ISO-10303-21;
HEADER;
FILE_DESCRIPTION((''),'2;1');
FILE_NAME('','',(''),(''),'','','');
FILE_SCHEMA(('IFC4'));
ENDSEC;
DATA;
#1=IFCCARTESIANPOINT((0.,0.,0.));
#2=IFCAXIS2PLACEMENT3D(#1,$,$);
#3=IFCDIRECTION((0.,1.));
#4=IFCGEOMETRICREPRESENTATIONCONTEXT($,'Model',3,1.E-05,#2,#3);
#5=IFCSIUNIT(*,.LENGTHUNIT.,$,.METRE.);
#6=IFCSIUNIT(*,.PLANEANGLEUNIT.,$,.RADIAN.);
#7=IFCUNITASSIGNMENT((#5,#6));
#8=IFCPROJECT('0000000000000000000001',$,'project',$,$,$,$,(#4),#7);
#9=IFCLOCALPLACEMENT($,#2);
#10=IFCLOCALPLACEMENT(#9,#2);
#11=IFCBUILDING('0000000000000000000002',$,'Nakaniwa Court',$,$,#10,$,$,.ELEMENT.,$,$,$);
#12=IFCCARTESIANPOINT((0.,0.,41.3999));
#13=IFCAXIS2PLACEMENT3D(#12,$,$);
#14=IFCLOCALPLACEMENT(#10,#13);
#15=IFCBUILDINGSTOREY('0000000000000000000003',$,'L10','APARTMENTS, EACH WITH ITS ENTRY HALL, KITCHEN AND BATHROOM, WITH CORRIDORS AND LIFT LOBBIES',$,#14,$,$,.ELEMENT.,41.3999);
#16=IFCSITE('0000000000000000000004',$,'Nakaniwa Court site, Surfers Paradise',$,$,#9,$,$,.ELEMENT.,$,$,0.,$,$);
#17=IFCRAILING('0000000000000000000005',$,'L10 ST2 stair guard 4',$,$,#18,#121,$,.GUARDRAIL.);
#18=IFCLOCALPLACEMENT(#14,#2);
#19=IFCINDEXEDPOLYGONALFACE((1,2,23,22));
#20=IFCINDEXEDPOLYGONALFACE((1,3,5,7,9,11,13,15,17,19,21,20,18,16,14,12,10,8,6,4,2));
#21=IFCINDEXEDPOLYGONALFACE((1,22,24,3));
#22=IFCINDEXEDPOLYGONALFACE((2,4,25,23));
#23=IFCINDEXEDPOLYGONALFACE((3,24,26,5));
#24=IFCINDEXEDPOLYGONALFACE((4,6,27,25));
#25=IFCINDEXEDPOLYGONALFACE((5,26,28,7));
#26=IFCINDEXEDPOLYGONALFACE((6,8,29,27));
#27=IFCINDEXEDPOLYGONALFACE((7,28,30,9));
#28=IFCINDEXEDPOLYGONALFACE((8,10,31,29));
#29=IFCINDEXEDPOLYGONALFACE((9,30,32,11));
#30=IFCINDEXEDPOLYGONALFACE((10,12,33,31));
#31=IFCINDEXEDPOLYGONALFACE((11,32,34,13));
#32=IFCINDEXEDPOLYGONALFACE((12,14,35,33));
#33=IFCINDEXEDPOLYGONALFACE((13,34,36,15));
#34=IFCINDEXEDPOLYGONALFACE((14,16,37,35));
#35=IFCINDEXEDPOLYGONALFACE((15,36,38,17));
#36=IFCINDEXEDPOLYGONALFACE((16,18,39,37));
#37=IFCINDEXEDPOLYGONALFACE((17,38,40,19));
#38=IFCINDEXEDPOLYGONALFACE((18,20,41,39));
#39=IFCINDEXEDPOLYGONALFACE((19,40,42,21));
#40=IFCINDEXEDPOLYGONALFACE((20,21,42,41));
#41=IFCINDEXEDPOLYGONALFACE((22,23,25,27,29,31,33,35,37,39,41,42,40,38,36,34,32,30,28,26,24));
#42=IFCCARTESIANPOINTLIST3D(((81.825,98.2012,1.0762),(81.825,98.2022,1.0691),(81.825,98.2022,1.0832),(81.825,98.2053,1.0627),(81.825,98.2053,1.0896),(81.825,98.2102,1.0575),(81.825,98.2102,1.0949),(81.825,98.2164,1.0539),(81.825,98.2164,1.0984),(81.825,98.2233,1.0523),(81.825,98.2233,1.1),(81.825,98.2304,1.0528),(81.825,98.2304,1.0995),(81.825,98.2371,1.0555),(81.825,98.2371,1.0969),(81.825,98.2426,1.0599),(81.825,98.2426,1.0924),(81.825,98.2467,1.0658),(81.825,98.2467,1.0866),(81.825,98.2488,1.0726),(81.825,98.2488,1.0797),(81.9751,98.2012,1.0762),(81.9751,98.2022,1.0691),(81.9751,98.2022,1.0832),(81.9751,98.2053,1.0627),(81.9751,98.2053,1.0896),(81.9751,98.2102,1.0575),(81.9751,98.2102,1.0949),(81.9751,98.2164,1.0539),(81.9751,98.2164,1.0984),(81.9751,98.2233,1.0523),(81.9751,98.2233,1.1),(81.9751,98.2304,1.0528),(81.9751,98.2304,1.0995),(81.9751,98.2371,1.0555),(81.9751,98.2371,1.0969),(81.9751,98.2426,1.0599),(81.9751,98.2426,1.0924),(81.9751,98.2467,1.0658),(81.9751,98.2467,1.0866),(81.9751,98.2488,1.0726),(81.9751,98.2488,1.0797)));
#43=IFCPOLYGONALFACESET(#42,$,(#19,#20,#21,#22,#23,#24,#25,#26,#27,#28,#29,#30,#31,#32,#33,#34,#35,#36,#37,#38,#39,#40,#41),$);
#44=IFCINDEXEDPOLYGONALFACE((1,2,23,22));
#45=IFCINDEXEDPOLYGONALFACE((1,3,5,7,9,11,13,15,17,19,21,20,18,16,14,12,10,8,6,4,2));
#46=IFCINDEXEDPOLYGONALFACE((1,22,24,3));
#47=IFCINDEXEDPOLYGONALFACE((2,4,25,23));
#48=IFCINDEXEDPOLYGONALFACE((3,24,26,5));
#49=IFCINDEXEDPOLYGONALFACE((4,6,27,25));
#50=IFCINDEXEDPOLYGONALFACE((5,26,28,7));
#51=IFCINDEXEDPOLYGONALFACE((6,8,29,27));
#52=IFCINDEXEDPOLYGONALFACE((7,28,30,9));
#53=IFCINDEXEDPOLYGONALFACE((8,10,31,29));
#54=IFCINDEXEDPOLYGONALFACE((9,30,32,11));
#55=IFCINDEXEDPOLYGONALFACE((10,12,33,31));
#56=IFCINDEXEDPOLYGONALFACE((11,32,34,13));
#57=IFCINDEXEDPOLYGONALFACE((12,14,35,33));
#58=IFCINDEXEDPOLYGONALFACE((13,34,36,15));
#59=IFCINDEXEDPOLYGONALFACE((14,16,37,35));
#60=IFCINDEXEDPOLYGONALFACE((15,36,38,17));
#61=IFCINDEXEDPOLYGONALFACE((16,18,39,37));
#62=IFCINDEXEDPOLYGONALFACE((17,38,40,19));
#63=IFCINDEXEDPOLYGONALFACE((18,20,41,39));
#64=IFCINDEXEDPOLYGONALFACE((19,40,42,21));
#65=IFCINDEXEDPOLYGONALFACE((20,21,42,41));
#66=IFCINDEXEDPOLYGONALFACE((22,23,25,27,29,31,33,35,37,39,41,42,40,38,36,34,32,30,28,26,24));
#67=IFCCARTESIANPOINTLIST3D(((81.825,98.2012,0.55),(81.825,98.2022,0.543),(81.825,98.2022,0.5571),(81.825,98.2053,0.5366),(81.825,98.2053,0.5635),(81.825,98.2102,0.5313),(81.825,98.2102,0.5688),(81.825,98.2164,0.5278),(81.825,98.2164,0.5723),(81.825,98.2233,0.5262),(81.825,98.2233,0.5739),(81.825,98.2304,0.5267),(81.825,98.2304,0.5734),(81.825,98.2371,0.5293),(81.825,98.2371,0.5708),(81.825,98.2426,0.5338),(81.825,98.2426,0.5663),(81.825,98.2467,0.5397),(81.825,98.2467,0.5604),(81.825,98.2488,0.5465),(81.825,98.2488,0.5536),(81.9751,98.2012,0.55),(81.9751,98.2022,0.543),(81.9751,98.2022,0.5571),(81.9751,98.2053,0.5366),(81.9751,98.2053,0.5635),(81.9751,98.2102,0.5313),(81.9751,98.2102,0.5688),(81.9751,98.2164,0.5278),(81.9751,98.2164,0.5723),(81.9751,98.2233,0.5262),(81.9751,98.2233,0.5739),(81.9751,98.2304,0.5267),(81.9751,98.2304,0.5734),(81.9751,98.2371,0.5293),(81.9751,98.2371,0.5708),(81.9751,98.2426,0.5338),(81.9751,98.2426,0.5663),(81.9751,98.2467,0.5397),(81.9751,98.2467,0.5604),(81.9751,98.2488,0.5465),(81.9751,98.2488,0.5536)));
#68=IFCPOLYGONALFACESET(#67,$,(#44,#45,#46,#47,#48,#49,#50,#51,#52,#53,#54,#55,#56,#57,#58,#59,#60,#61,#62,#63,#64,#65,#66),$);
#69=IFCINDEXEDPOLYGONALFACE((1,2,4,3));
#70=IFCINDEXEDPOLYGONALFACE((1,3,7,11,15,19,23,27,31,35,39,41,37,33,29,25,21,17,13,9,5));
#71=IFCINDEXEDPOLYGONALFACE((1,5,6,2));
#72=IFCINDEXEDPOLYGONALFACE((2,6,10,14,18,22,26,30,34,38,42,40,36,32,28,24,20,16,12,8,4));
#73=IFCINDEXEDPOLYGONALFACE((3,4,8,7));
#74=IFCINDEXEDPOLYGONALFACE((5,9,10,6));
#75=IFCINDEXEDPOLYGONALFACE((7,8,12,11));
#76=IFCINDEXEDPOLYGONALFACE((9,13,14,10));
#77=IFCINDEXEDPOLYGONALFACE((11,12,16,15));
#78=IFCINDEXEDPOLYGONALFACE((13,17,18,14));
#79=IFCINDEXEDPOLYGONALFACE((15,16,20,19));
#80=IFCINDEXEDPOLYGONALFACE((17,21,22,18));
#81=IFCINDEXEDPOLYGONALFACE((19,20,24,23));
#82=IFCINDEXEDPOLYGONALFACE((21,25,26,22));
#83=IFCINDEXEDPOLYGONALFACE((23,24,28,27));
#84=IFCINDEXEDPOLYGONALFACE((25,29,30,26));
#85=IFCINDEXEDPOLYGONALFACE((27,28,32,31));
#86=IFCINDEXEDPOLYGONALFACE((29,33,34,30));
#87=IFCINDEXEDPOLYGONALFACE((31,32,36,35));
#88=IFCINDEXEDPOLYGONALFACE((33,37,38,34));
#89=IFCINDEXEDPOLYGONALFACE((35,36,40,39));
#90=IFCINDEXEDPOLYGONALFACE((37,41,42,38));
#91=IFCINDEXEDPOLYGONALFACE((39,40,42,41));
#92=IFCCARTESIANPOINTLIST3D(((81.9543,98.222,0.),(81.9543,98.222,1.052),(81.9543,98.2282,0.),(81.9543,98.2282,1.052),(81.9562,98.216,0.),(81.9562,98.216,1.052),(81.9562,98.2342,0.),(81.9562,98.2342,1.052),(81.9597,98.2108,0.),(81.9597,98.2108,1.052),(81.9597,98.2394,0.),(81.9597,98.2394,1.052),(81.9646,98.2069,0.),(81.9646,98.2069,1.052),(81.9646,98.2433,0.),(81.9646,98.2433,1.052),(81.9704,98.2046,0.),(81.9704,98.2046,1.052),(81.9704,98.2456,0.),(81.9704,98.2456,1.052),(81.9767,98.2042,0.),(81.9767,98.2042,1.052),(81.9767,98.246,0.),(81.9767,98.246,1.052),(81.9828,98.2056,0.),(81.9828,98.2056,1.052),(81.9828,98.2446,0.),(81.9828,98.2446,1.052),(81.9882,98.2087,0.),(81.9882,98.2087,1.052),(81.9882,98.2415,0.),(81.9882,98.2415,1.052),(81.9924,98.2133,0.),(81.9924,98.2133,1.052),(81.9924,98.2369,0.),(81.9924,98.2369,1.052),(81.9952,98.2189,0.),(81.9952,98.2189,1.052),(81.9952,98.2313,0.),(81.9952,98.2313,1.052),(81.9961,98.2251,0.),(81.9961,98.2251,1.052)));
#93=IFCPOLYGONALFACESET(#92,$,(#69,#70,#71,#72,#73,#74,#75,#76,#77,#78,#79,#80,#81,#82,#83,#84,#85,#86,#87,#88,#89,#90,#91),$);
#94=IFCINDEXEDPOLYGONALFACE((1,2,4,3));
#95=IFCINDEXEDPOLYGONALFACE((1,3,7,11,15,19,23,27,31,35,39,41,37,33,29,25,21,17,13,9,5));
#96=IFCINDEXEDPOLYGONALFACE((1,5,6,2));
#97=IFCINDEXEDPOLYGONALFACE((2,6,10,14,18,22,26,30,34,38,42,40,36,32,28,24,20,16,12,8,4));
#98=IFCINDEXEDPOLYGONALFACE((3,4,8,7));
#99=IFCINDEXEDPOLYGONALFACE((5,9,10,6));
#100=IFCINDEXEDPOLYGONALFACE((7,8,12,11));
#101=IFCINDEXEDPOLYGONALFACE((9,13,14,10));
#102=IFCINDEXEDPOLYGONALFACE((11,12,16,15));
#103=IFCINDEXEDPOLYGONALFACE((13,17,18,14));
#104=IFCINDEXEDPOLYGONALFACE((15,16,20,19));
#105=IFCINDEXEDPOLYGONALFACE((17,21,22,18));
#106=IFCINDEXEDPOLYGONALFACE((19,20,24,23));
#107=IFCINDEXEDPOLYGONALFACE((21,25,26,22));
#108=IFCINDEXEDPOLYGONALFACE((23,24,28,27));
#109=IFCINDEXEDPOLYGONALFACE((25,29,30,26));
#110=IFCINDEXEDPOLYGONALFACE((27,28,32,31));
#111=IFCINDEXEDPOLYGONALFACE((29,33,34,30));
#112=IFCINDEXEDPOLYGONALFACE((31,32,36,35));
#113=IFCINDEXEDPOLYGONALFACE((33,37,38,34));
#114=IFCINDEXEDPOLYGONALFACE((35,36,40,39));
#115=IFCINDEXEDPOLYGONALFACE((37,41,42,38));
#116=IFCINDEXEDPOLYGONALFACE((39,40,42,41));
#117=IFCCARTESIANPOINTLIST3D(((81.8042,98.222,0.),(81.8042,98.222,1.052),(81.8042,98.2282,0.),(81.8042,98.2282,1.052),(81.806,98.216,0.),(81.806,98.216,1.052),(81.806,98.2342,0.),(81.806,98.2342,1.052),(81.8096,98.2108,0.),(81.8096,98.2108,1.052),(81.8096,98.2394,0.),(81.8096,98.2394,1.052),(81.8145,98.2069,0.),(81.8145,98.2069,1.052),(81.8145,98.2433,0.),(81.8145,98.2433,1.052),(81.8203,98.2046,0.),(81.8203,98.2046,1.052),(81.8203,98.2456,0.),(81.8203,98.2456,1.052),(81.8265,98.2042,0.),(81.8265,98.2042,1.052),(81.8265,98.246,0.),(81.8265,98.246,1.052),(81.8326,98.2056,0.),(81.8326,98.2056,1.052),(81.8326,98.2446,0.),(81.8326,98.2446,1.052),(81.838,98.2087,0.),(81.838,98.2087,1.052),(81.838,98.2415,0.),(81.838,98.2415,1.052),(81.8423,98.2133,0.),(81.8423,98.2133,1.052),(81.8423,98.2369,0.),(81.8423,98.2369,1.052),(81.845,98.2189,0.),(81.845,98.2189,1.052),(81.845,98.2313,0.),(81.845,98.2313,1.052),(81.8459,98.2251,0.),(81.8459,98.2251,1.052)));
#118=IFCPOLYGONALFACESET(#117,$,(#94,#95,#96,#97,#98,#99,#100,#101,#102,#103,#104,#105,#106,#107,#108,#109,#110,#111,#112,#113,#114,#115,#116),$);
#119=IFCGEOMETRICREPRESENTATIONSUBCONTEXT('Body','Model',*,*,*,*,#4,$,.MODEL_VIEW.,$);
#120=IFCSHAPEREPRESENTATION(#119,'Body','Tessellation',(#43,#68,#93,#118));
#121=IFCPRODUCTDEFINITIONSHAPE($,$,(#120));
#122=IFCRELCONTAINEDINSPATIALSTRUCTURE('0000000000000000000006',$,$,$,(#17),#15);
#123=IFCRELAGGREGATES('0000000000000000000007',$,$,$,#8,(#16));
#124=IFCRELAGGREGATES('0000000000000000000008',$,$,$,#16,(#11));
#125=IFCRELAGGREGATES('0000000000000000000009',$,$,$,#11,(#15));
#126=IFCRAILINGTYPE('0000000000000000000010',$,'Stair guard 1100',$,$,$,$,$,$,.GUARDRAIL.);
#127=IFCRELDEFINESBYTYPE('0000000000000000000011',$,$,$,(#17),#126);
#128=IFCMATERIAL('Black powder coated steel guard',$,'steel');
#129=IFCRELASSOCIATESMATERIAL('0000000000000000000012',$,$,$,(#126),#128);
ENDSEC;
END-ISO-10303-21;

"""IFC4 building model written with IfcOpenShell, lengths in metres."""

from ifc_helpers import new_model, si_unit, direction, frame, origin, origin_2d, place, context, subcontext, project, spatial, circle, extrude, material, type_object, element, save


model = new_model("IFC4")

# Units and contexts
model_context = context("Model", 3, precision=1e-05, world=origin(), true_north=direction((0.0, 1.0)))
body_context = subcontext(model_context, "Body", "Model", "MODEL_VIEW")
ifc_project = project(units=[si_unit("LENGTHUNIT", "METRE"), si_unit("PLANEANGLEUNIT", "RADIAN")], contexts=[model_context])

# Site, building, storey
site_placement = place(None, origin())
site = spatial("IfcSite", under=ifc_project, at=site_placement, Name="Nakaniwa Court site, Surfers Paradise", CompositionType="ELEMENT", RefElevation=0.0)
building_placement = place(site_placement, origin())
building = spatial("IfcBuilding", under=site, at=building_placement, Name="Nakaniwa Court", CompositionType="ELEMENT")
storey_placement = place(building_placement, frame((0.0, 0.0, 41.3999)))
storey = spatial("IfcBuildingStorey", under=building, at=storey_placement, Name="L10", Description="APARTMENTS, EACH WITH ITS ENTRY HALL, KITCHEN AND BATHROOM, WITH CORRIDORS AND LIFT LOBBIES", CompositionType="ELEMENT", Elevation=41.3999)

# Railing
ifc_material_1 = material(Name="Black powder coated steel guard", Category="steel")
railing_type_1 = type_object("IfcRailingType", Name="Stair guard 1100", PredefinedType="GUARDRAIL", material=ifc_material_1)
railing_1_placement = place(storey_placement, frame((81.9751, 98.2251, 0.0)))
element("IfcRailing", 1, at=railing_1_placement, inside=storey, type_object=railing_type_1, Name="L10 ST2 stair guard 4", PredefinedType="GUARDRAIL", context=body_context, shape_type="SweptSolid", body=[
    extrude(circle(Radius=0.0239, at=origin_2d()), frame((0.0, 0.0, 1.0762), z_axis=(-1.0, 0.0, 0.0), x_axis=(0.0, -1.0, 0.0)), (0.0, 0.0, 1.0), 0.1501),
    extrude(circle(Radius=0.0239, at=origin_2d()), frame((0.0, 0.0, 0.55), z_axis=(-1.0, 0.0, 0.0), x_axis=(0.0, -1.0, 0.0)), (0.0, 0.0, 1.0), 0.1501),
    extrude(circle(Radius=0.021, at=origin_2d()), origin(), (0.0, 0.0, 1.0), 1.052),
    extrude(circle(Radius=0.021, at=origin_2d()), frame((-0.1501, 0.0, 0.0)), (0.0, 0.0, 1.0), 1.052),
])

save(model, "model.ifc")
